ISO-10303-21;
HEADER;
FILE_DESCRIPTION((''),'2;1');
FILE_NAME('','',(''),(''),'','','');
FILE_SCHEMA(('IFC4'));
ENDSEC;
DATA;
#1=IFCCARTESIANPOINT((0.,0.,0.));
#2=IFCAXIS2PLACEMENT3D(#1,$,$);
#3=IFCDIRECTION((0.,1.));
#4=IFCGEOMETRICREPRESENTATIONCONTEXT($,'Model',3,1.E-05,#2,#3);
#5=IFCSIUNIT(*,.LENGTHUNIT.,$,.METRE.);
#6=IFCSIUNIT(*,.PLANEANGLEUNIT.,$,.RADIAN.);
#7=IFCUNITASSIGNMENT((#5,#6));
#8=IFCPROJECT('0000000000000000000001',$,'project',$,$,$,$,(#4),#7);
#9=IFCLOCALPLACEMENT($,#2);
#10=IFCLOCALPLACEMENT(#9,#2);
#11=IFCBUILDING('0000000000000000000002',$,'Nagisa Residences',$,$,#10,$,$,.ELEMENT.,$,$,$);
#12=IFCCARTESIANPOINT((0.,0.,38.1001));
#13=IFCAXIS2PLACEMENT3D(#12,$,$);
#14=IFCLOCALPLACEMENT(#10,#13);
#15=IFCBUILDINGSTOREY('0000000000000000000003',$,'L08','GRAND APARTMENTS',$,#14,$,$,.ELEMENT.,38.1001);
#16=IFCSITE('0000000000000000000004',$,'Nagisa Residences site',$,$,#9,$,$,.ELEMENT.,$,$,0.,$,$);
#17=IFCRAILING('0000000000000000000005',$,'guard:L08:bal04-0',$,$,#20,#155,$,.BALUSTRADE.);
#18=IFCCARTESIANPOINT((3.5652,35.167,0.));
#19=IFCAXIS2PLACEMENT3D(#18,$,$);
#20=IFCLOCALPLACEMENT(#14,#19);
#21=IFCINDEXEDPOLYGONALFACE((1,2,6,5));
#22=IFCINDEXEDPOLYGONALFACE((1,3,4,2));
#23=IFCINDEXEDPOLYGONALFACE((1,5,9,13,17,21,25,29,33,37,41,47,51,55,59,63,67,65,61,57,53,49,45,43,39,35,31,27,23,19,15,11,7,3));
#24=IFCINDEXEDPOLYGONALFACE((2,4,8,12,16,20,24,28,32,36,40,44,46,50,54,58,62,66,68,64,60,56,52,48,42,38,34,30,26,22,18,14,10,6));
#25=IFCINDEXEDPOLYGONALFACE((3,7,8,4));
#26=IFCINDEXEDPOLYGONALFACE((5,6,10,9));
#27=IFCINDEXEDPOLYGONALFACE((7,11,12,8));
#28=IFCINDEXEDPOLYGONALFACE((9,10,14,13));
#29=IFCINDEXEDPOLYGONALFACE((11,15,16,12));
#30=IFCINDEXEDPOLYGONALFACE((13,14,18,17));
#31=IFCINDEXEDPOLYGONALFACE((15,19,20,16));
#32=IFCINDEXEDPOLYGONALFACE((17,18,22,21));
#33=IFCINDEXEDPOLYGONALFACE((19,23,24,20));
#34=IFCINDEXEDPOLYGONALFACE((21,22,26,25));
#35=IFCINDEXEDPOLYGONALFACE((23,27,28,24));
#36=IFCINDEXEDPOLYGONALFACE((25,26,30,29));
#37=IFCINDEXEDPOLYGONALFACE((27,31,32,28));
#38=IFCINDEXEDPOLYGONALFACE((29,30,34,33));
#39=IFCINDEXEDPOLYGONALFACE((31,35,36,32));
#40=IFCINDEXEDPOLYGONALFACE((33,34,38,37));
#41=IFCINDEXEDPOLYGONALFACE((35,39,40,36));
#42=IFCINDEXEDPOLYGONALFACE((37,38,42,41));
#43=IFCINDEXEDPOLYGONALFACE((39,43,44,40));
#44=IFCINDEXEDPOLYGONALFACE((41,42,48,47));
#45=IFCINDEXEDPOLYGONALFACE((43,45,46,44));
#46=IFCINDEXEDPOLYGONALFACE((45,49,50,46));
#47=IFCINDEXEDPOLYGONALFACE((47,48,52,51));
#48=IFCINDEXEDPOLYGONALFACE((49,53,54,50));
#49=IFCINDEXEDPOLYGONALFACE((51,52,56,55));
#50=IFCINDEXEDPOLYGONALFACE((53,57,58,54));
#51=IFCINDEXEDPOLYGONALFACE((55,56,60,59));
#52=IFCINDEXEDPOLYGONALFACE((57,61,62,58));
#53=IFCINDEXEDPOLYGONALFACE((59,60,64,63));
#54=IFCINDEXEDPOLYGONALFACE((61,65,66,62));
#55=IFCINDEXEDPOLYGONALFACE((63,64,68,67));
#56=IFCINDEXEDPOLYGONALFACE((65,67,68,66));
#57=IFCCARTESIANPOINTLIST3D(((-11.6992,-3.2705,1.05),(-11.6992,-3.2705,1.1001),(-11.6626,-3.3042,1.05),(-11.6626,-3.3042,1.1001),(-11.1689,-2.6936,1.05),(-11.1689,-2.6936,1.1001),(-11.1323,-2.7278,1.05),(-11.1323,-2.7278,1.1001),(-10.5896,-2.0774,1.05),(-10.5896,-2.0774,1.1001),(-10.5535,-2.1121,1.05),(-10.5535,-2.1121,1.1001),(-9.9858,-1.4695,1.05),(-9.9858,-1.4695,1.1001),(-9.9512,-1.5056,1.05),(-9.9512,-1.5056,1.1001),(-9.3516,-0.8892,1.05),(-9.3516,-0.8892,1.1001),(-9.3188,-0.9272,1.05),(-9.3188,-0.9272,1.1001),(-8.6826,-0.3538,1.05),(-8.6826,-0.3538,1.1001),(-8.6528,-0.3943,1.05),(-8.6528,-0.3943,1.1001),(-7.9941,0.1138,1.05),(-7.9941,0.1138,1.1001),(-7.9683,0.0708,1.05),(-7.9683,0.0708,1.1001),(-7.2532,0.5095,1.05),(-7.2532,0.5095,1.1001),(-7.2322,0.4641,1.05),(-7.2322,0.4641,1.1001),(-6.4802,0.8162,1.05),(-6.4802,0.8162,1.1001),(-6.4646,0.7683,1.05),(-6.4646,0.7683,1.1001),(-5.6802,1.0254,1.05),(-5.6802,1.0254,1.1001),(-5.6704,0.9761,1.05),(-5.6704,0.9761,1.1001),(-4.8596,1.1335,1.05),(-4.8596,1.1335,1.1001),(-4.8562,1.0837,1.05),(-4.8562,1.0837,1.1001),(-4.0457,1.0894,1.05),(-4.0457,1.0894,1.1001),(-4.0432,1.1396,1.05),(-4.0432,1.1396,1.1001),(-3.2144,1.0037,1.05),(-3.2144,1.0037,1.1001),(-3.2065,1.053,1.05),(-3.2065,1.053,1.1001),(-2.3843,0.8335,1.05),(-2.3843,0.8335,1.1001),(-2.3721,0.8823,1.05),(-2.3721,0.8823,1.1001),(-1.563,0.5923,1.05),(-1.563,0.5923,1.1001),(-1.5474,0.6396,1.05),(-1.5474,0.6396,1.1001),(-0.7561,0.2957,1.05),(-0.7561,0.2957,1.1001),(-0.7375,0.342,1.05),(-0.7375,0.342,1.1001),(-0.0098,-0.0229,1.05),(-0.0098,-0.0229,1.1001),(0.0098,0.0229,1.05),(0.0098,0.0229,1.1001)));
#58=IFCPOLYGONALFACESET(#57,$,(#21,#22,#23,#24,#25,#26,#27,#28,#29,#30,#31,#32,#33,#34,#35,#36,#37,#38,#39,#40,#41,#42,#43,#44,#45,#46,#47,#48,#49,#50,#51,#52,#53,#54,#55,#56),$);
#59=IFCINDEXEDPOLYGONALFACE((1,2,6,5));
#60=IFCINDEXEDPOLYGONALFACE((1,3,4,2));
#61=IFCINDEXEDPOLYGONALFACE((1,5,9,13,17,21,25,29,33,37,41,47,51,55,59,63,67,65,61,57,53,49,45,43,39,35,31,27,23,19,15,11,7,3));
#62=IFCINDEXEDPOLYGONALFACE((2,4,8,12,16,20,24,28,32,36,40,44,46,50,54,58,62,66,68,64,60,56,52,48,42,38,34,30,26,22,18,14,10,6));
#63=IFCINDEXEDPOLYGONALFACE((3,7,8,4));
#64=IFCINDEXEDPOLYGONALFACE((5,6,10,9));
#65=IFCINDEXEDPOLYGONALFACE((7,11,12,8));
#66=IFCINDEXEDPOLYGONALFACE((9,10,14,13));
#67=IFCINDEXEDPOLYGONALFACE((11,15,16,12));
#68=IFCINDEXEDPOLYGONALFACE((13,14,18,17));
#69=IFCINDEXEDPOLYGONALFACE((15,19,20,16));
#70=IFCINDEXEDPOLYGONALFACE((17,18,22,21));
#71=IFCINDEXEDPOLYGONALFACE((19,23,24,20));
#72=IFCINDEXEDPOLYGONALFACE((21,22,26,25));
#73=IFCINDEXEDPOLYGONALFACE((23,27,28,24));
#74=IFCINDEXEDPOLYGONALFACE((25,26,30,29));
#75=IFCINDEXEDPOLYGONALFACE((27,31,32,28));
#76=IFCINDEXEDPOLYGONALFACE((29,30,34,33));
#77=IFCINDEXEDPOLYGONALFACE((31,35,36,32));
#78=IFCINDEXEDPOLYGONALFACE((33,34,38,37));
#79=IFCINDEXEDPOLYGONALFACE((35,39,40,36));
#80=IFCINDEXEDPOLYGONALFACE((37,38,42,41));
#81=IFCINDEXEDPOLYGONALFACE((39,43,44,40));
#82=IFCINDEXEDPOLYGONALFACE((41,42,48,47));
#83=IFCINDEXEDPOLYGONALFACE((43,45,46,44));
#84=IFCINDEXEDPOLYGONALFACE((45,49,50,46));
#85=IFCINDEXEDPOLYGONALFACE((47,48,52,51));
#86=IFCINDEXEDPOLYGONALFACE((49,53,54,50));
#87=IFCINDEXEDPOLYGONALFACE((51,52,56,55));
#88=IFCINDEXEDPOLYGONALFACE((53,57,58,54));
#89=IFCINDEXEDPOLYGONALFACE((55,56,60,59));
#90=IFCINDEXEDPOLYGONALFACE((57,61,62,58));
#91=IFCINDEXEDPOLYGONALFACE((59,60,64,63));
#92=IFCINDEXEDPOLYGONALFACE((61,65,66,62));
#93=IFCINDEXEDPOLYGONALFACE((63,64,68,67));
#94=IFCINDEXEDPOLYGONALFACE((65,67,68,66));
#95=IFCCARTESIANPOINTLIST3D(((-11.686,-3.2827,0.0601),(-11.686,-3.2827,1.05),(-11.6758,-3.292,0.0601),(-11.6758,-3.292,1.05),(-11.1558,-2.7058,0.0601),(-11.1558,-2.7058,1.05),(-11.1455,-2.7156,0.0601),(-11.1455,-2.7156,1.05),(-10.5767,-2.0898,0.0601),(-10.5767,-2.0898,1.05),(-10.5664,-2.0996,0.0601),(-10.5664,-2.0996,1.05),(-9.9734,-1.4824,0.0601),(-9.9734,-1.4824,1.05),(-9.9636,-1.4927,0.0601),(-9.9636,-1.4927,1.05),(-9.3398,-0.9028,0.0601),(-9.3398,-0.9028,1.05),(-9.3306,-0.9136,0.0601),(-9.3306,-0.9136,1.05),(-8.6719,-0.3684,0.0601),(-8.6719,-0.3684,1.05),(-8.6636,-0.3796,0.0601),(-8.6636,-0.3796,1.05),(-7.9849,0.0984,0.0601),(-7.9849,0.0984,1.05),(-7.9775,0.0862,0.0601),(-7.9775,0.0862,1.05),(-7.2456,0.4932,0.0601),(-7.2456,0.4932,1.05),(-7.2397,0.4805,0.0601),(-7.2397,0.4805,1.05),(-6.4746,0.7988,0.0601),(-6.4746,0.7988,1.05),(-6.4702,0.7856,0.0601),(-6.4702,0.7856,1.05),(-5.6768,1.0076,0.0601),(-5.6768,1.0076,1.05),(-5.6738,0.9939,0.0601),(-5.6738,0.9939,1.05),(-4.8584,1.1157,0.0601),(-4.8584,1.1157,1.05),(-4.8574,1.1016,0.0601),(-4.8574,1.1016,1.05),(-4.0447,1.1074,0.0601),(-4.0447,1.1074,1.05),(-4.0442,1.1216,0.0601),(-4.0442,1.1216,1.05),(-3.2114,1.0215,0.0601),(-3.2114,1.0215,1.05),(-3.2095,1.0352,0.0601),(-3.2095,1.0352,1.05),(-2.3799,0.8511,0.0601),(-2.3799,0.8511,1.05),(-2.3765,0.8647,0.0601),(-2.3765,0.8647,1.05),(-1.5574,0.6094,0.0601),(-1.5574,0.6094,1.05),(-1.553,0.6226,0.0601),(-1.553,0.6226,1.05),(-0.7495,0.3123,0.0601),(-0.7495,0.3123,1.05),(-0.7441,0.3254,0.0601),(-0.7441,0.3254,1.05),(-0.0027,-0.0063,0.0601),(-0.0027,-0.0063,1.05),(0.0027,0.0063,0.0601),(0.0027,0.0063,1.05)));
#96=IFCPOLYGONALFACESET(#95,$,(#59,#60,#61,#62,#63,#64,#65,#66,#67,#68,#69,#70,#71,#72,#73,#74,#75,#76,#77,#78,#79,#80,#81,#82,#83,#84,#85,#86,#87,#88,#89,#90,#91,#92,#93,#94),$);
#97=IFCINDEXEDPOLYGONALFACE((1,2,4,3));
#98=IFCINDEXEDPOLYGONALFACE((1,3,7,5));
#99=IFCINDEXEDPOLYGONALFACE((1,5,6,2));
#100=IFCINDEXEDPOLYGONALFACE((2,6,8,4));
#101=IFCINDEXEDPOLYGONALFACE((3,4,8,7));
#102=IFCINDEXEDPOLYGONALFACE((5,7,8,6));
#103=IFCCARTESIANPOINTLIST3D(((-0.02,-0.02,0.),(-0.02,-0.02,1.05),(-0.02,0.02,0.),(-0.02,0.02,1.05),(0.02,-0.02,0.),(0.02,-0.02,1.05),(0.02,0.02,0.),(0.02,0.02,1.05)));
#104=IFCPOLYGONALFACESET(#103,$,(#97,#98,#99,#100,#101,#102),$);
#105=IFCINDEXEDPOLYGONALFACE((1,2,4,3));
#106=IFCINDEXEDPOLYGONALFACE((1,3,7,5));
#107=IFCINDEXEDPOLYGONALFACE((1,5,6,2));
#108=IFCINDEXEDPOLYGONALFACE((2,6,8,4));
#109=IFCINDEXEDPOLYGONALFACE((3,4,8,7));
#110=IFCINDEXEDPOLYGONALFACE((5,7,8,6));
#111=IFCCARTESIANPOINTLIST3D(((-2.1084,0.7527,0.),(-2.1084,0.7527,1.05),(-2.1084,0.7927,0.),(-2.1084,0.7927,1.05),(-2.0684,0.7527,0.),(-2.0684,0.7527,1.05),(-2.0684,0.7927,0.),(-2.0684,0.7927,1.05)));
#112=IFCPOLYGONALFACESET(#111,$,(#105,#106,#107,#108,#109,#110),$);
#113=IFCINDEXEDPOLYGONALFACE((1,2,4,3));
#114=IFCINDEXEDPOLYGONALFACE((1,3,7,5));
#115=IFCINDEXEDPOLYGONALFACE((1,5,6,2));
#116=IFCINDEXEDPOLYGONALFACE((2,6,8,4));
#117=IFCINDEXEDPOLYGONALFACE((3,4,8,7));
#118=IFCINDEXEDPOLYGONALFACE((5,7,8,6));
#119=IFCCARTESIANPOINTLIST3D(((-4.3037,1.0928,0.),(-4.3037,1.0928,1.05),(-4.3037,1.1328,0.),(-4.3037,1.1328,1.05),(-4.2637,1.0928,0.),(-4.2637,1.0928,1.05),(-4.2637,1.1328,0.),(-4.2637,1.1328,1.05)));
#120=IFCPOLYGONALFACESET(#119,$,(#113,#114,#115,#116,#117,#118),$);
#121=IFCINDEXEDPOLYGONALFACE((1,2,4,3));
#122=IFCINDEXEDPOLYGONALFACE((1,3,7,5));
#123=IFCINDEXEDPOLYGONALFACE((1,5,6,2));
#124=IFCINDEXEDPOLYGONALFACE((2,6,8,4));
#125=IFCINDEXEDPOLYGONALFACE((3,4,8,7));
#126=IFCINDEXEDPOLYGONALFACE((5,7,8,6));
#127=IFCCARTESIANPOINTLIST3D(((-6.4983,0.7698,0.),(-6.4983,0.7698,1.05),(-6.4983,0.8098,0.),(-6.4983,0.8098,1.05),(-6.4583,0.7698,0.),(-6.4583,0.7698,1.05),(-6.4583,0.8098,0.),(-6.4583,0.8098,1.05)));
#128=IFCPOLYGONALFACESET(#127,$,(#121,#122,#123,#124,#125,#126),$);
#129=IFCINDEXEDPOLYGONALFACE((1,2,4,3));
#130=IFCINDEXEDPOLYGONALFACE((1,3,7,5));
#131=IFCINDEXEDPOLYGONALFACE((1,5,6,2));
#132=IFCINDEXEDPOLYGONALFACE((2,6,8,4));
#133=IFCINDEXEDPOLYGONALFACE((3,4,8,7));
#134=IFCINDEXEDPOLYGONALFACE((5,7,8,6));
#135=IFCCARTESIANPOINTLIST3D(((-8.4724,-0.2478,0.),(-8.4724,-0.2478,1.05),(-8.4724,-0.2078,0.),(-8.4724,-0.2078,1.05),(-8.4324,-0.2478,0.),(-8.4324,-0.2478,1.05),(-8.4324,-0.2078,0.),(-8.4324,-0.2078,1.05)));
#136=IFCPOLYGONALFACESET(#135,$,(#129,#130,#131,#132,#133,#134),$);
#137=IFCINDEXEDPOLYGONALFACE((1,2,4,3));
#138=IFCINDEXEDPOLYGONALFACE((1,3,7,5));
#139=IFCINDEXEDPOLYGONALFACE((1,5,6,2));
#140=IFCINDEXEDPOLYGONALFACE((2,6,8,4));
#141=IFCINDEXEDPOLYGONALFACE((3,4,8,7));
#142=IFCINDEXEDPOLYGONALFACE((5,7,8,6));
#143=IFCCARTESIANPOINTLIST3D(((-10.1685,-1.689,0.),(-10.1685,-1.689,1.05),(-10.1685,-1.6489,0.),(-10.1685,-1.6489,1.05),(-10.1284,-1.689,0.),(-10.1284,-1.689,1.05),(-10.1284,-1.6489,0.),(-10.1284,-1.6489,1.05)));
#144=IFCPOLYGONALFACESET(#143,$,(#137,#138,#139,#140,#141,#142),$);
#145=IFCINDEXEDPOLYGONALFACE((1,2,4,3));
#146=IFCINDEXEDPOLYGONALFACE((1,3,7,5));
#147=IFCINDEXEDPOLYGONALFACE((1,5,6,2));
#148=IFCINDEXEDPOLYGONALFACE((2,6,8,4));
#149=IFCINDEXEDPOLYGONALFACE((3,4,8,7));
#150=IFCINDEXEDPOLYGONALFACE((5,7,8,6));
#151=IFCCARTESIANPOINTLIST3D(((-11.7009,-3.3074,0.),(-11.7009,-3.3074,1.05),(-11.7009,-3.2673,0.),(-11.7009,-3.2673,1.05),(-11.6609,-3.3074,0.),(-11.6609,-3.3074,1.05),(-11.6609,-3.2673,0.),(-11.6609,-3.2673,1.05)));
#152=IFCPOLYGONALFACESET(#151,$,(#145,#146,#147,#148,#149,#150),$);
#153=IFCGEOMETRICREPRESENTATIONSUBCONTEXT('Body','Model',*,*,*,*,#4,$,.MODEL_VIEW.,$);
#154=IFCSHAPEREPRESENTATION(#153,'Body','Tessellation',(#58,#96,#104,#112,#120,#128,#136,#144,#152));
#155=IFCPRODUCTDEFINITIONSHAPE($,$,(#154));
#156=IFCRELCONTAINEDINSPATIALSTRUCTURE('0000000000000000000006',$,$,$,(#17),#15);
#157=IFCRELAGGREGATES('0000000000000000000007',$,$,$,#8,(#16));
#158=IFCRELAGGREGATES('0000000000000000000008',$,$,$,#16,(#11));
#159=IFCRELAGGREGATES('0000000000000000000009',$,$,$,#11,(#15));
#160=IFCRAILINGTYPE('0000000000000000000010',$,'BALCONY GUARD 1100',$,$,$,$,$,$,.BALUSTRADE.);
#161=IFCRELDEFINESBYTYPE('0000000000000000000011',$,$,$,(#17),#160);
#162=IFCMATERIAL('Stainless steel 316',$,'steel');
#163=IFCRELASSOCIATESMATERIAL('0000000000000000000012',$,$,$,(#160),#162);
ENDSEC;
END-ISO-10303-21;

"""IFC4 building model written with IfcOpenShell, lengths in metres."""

from ifc_helpers import new_model, si_unit, direction, frame, origin, origin_2d, place, context, subcontext, project, spatial, polyline, rectangle, outline, extrude, material, type_object, element, save


model = new_model("IFC4")

# Units and contexts
model_context = context("Model", 3, precision=1e-05, world=origin(), true_north=direction((0.0, 1.0)))
body_context = subcontext(model_context, "Body", "Model", "MODEL_VIEW")
ifc_project = project(units=[si_unit("LENGTHUNIT", "METRE"), si_unit("PLANEANGLEUNIT", "RADIAN")], contexts=[model_context])

# Site, building, storey
site_placement = place(None, origin())
site = spatial("IfcSite", under=ifc_project, at=site_placement, Name="Nagisa Residences site", CompositionType="ELEMENT", RefElevation=0.0)
building_placement = place(site_placement, origin())
building = spatial("IfcBuilding", under=site, at=building_placement, Name="Nagisa Residences", CompositionType="ELEMENT")
storey_placement = place(building_placement, frame((0.0, 0.0, 38.1001)))
storey = spatial("IfcBuildingStorey", under=building, at=storey_placement, Name="L08", Description="GRAND APARTMENTS", CompositionType="ELEMENT", Elevation=38.1001)

# Railing
ifc_material_1 = material(Name="Stainless steel 316", Category="steel")
railing_type = type_object("IfcRailingType", Name="BALCONY GUARD 1100", PredefinedType="BALUSTRADE", material=ifc_material_1)
railing_placement = place(storey_placement, frame((3.5652, 35.167, 0.0)))
element("IfcRailing", 1, at=railing_placement, inside=storey, type_object=railing_type, Name="guard:L08:bal04-0", PredefinedType="BALUSTRADE", context=body_context, shape_type="SweptSolid", body=[
    extrude(outline(polyline([(-0.7561, 0.2957), (-0.0098, -0.0229), (0.0098, 0.0229), (-0.7375, 0.342), (-1.5474, 0.6396), (-2.3721, 0.8823), (-3.2065, 1.053), (-4.0432, 1.1396), (-4.8596, 1.1335), (-5.6802, 1.0254), (-6.4802, 0.8162), (-7.2532, 0.5095), (-7.9941, 0.1138), (-8.6826, -0.3538), (-9.3516, -0.8892), (-9.9858, -1.4695), (-10.5896, -2.0774), (-11.1689, -2.6936), (-11.6992, -3.2705), (-11.6626, -3.3042), (-11.1323, -2.7278), (-10.5535, -2.1121), (-9.9512, -1.5056), (-9.3188, -0.9272), (-8.6528, -0.3943), (-7.9683, 0.0708), (-7.2322, 0.4641), (-6.4646, 0.7683), (-5.6704, 0.9761), (-4.8562, 1.0837), (-4.0457, 1.0894), (-3.2144, 1.0037), (-2.3843, 0.8335), (-1.563, 0.5923), (-0.7561, 0.2957)])), frame((0.0, 0.0, 1.05)), (0.0, 0.0, 1.0), 0.05),
    extrude(outline(polyline([(-0.7495, 0.3123), (-0.0027, -0.0063), (0.0027, 0.0063), (-0.7441, 0.3254), (-1.553, 0.6226), (-2.3765, 0.8647), (-3.2095, 1.0352), (-4.0442, 1.1216), (-4.8584, 1.1157), (-5.6768, 1.0076), (-6.4746, 0.7988), (-7.2456, 0.4932), (-7.9849, 0.0984), (-8.6719, -0.3684), (-9.3398, -0.9028), (-9.9734, -1.4824), (-10.5767, -2.0898), (-11.1558, -2.7058), (-11.686, -3.2827), (-11.6758, -3.292), (-11.1455, -2.7156), (-10.5664, -2.0996), (-9.9636, -1.4927), (-9.3306, -0.9136), (-8.6636, -0.3796), (-7.9775, 0.0862), (-7.2397, 0.4805), (-6.4702, 0.7856), (-5.6738, 0.9939), (-4.8574, 1.1016), (-4.0447, 1.1074), (-3.2114, 1.0215), (-2.3799, 0.8511), (-1.5574, 0.6094), (-0.7495, 0.3123)])), frame((0.0, 0.0, 0.0601)), (0.0, 0.0, 1.0), 0.99),
    extrude(rectangle(XDim=0.04, YDim=0.04, at=origin_2d()), origin(), (0.0, 0.0, 1.0), 1.05),
    extrude(rectangle(XDim=0.04, YDim=0.04, at=origin_2d()), frame((-2.0884, 0.7727, 0.0)), (0.0, 0.0, 1.0), 1.05),
    extrude(rectangle(XDim=0.04, YDim=0.04, at=origin_2d()), frame((-4.2837, 1.1128, 0.0)), (0.0, 0.0, 1.0), 1.05),
    extrude(rectangle(XDim=0.04, YDim=0.04, at=origin_2d()), frame((-6.4783, 0.7898, 0.0)), (0.0, 0.0, 1.0), 1.05),
    extrude(rectangle(XDim=0.04, YDim=0.04, at=origin_2d()), frame((-8.4524, -0.2278, 0.0)), (0.0, 0.0, 1.0), 1.05),
    extrude(rectangle(XDim=0.04, YDim=0.04, at=origin_2d()), frame((-10.1484, -1.6689, 0.0)), (0.0, 0.0, 1.0), 1.05),
    extrude(rectangle(XDim=0.04, YDim=0.04, at=origin_2d()), frame((-11.6809, -3.2874, 0.0)), (0.0, 0.0, 1.0), 1.05),
])

save(model, "model.ifc")
